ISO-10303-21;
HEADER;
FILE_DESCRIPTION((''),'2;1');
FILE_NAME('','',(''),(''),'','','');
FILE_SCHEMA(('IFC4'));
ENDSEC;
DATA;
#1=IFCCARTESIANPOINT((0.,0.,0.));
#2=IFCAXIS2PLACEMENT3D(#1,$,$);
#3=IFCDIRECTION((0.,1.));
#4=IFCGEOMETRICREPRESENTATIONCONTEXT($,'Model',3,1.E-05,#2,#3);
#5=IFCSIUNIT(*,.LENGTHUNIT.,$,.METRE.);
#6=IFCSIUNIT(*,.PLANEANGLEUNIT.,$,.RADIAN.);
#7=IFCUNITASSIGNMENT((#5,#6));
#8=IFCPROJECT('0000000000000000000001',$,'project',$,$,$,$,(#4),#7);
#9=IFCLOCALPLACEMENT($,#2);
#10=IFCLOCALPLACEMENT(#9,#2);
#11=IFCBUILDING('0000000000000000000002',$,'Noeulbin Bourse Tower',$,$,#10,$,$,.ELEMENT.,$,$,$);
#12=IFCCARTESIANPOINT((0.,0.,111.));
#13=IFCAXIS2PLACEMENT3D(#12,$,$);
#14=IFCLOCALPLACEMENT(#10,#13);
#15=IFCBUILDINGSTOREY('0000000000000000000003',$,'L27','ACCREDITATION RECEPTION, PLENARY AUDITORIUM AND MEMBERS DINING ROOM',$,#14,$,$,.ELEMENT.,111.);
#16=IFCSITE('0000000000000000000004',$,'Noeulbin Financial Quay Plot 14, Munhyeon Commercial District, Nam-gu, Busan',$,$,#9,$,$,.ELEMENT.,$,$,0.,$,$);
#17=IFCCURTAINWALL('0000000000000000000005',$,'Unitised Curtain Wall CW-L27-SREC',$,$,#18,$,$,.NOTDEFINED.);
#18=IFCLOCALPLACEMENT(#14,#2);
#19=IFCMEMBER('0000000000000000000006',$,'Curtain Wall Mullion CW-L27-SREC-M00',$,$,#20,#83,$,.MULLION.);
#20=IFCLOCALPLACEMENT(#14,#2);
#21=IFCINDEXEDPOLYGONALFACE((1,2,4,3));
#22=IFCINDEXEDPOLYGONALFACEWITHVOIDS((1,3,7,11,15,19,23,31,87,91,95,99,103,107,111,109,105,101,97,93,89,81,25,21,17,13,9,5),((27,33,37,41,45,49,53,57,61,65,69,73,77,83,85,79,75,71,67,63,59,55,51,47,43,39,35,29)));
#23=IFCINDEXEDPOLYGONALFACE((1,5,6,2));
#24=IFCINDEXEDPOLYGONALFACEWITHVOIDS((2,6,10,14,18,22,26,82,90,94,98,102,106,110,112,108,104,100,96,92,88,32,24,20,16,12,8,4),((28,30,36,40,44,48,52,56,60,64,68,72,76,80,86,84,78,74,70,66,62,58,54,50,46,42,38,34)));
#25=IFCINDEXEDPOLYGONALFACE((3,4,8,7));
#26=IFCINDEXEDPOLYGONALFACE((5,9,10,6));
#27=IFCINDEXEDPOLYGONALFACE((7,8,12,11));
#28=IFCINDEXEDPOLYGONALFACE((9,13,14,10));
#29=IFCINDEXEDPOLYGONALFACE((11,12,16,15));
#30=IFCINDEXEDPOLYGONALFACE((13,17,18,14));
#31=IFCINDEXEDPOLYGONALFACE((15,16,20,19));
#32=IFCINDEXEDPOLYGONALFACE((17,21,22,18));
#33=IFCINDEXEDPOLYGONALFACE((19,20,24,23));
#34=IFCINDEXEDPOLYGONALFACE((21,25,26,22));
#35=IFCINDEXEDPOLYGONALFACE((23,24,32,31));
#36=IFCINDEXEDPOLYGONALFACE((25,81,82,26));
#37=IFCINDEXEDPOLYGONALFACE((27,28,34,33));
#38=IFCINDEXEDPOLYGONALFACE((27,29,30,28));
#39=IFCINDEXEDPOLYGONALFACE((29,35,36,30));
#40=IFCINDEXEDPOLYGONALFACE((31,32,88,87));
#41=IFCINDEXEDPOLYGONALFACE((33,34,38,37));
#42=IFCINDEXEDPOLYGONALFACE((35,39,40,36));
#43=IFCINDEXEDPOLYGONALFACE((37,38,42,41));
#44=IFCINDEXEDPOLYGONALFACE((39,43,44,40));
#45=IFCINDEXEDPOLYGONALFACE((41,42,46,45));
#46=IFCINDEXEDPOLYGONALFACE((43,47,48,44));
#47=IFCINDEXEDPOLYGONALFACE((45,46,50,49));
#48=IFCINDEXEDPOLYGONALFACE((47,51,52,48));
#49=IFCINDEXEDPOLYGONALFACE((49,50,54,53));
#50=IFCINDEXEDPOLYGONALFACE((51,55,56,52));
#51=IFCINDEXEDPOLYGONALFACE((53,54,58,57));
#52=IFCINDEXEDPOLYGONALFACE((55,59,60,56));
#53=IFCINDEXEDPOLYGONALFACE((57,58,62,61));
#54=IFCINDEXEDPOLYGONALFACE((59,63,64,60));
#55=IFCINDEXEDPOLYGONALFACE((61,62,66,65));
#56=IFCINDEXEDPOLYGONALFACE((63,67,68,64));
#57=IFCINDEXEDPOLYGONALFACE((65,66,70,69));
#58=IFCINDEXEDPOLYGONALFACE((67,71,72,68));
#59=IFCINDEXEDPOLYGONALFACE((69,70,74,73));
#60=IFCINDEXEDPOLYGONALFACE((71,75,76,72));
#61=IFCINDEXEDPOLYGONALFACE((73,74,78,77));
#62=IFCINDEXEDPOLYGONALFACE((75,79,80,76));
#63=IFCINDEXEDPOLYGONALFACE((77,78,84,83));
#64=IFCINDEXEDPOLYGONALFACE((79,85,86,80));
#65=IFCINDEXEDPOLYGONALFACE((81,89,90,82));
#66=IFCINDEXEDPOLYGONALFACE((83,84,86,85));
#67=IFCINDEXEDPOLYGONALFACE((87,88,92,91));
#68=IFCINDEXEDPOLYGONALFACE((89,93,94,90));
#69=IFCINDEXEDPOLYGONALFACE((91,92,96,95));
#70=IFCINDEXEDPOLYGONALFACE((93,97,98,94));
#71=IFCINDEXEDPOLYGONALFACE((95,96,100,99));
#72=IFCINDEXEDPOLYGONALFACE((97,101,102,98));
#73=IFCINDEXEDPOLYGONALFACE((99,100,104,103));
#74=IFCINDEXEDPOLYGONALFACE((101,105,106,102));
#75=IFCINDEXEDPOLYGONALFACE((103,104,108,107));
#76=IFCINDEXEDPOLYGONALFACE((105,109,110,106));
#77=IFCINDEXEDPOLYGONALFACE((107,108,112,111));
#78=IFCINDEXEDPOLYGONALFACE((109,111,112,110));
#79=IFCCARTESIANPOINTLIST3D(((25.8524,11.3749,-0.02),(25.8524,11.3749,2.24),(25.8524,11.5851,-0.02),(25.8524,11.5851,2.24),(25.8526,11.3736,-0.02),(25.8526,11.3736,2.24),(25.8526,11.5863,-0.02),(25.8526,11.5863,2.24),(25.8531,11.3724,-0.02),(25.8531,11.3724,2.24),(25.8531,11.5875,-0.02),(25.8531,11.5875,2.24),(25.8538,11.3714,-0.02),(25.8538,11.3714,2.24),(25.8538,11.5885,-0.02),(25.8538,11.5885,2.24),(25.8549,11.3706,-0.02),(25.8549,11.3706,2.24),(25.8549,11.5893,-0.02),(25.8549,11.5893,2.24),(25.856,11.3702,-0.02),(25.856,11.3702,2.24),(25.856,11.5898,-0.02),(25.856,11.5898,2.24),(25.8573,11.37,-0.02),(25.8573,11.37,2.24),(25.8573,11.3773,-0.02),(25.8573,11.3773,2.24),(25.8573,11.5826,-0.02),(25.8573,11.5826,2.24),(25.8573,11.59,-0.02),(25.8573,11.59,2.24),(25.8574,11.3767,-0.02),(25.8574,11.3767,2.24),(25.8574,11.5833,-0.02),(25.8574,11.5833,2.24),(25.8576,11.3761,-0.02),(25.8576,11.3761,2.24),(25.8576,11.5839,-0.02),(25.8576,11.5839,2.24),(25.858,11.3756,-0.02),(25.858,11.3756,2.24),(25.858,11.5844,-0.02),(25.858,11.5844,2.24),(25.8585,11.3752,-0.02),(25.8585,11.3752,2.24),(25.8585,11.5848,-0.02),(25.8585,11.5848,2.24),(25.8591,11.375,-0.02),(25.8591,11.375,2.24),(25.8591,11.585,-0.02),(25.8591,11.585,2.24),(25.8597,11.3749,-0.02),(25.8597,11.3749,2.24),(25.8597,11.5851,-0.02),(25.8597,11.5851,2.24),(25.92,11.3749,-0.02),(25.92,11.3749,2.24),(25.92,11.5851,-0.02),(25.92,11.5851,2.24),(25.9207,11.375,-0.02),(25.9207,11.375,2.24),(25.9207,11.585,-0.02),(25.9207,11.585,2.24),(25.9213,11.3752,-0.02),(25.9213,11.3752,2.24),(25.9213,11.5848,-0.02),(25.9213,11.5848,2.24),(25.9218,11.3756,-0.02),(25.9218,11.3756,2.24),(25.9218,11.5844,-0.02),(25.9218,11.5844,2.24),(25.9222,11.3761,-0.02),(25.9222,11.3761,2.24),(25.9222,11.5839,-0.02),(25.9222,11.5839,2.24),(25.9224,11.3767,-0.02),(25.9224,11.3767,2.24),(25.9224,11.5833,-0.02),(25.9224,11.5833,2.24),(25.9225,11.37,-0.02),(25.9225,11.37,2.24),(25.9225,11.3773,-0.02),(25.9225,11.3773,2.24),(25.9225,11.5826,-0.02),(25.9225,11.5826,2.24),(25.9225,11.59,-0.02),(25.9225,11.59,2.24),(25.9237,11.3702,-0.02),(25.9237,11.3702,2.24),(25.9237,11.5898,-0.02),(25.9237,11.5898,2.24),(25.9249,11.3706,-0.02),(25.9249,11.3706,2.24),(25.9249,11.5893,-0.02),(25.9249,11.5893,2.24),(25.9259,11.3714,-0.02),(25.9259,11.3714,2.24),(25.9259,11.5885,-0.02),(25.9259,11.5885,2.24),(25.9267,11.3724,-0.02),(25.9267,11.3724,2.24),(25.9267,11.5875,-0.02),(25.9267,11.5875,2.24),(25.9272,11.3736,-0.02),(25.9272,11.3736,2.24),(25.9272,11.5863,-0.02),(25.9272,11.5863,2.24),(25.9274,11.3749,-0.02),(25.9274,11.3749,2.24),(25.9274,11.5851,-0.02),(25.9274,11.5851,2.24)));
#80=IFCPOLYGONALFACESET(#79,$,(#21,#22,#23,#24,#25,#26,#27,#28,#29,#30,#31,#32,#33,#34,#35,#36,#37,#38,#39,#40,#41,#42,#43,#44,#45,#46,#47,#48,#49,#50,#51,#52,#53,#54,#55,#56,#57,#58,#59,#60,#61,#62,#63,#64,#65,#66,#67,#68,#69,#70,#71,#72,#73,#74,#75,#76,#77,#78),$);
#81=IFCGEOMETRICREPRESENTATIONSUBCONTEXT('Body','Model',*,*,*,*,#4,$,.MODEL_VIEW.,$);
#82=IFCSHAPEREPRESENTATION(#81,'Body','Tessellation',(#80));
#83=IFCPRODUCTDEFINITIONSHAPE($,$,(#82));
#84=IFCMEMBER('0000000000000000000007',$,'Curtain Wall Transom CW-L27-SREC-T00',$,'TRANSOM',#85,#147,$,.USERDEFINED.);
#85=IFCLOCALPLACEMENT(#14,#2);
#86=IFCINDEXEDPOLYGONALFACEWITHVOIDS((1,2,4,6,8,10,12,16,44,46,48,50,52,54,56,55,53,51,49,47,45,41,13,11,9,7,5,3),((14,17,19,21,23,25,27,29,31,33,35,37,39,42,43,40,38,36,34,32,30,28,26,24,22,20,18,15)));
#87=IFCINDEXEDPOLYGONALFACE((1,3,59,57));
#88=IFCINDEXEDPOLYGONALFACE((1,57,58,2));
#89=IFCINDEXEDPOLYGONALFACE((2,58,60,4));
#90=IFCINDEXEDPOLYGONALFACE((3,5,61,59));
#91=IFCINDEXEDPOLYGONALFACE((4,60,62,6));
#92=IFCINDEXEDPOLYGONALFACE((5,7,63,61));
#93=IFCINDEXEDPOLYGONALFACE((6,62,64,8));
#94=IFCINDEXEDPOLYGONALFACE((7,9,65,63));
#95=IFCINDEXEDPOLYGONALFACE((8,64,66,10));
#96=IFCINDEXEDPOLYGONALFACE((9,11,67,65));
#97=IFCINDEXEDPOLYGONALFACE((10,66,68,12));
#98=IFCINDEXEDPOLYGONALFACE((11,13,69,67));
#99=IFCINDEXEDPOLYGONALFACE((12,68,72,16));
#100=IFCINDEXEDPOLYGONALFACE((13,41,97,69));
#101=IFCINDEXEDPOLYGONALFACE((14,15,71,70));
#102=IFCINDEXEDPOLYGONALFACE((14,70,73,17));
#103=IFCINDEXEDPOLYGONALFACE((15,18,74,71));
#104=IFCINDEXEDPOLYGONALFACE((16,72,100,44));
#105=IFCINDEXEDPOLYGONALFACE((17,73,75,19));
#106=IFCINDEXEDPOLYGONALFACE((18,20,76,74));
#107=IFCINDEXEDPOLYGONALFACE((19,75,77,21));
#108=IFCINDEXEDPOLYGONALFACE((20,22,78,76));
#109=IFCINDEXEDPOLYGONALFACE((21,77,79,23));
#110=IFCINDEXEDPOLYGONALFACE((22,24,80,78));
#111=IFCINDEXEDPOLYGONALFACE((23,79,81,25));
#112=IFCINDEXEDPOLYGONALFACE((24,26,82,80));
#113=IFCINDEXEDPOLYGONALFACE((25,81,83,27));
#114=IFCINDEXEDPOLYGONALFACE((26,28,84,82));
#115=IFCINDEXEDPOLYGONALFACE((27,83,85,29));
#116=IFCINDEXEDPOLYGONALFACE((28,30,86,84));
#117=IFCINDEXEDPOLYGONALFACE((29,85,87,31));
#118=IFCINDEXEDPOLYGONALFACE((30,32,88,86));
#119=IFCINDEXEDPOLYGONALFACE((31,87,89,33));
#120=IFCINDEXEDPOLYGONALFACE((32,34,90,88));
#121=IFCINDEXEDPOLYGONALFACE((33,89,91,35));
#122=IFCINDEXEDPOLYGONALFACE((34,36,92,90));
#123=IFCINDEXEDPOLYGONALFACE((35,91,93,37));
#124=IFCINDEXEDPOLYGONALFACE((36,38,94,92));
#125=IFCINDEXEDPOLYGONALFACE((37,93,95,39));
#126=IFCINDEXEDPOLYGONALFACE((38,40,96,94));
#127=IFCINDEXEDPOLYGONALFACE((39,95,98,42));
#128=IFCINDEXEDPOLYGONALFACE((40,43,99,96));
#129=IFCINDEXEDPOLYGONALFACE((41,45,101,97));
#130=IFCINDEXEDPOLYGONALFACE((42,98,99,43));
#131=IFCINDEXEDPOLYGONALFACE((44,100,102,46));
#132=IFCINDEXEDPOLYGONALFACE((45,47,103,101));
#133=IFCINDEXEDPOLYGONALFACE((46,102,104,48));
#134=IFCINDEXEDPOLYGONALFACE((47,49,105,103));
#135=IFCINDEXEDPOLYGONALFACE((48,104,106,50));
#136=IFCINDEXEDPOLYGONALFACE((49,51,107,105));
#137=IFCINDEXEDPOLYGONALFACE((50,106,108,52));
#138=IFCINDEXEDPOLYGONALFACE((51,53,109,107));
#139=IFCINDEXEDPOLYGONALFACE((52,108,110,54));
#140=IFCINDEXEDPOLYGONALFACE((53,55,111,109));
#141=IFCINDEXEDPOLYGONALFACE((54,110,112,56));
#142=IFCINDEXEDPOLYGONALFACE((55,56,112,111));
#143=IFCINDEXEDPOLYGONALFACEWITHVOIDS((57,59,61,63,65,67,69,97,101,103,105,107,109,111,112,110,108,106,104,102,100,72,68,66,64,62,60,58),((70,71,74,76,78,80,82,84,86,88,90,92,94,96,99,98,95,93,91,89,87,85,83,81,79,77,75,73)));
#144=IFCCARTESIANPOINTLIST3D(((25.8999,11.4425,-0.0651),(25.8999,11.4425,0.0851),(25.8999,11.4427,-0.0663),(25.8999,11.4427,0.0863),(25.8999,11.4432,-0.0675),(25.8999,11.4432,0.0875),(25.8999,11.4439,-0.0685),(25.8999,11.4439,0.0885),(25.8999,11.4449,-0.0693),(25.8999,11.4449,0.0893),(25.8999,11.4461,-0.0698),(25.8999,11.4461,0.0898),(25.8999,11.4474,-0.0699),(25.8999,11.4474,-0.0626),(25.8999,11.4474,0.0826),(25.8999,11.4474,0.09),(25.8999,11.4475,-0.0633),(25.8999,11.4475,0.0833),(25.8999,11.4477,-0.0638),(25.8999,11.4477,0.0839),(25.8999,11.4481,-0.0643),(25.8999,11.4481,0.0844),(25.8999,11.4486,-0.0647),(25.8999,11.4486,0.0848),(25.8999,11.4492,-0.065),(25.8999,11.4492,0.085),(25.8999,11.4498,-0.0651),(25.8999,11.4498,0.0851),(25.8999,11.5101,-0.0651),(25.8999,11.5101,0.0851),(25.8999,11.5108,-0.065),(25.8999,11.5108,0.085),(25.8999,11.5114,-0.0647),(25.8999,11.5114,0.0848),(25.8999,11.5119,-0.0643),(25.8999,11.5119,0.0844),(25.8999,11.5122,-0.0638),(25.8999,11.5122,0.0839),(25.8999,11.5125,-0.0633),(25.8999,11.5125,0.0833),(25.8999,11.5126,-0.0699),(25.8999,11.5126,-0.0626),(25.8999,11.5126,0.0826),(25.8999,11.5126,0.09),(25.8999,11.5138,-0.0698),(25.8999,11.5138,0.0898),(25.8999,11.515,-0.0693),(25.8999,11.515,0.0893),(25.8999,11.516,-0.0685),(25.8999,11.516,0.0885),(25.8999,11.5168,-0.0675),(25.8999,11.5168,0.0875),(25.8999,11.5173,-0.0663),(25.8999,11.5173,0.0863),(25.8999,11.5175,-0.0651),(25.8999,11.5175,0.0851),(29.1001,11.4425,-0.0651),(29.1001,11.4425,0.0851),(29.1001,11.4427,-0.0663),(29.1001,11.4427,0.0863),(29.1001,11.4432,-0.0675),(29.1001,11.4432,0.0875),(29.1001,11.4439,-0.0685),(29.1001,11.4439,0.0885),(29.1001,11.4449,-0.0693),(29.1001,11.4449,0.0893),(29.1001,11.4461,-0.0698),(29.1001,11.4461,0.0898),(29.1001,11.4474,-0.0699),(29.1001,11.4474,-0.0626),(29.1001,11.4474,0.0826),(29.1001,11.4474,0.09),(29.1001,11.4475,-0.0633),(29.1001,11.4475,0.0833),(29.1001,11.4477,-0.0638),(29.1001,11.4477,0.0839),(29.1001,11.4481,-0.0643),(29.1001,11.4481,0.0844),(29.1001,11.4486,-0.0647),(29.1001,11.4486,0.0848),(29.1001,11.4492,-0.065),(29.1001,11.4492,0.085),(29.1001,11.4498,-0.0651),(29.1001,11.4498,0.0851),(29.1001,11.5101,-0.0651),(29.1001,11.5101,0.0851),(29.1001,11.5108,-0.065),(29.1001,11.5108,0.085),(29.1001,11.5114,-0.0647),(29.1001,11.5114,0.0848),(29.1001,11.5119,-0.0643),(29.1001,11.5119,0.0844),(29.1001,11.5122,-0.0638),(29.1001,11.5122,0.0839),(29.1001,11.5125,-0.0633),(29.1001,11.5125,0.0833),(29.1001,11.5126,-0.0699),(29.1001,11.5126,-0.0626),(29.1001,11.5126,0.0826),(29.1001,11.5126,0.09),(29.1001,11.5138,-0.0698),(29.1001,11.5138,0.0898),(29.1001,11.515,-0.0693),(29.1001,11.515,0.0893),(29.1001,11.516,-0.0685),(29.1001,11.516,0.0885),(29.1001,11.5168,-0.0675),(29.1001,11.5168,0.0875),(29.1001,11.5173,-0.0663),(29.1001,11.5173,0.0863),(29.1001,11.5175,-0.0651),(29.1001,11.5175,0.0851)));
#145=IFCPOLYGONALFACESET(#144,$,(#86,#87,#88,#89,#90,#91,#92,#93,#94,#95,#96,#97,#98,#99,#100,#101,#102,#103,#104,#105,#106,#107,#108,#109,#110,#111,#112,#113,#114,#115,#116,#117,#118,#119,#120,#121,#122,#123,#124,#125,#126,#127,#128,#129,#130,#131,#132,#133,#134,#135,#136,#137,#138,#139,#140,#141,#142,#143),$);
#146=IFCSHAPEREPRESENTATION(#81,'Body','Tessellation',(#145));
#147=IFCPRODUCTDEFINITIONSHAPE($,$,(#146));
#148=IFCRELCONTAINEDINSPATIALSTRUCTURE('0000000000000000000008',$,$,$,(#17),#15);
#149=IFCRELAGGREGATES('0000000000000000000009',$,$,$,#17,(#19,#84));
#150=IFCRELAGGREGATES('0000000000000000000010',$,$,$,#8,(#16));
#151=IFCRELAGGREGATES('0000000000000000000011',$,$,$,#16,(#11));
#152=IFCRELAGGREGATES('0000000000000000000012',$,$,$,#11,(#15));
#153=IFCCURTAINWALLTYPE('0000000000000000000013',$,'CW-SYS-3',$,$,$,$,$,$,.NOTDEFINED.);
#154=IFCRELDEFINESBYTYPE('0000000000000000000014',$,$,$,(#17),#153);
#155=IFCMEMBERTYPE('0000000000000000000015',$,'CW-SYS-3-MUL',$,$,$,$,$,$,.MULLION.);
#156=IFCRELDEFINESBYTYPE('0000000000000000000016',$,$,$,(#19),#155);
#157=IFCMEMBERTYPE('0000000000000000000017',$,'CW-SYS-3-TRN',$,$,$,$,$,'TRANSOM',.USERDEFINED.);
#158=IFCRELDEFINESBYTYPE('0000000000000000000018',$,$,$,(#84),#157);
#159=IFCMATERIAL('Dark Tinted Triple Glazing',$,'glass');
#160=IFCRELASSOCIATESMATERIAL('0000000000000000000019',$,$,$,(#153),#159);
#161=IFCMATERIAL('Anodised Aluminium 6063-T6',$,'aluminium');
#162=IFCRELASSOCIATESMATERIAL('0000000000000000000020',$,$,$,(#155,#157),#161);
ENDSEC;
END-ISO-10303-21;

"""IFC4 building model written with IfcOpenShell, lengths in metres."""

from ifc_helpers import new_model, si_unit, direction, frame, origin, origin_2d, place, context, subcontext, project, spatial, hollow_rectangle, extrude, material, material_profile, profile_set, type_object, element, aggregate, save


model = new_model("IFC4")

# Units and contexts
model_context = context("Model", 3, precision=1e-05, world=origin(), true_north=direction((0.0, 1.0)))
body_context = subcontext(model_context, "Body", "Model", "MODEL_VIEW")
ifc_project = project(units=[si_unit("LENGTHUNIT", "METRE"), si_unit("PLANEANGLEUNIT", "RADIAN")], contexts=[model_context])

# Site, building, storey
site_placement = place(None, origin())
site = spatial("IfcSite", under=ifc_project, at=site_placement, Name="Noeulbin Financial Quay Plot 14, Munhyeon Commercial District, Nam-gu, Busan", CompositionType="ELEMENT", RefElevation=0.0)
building_placement = place(site_placement, origin())
building = spatial("IfcBuilding", under=site, at=building_placement, Name="Noeulbin Bourse Tower", CompositionType="ELEMENT")
storey_placement = place(building_placement, frame((0.0, 0.0, 111.0)))
storey = spatial("IfcBuildingStorey", under=building, at=storey_placement, Name="L27", Description="ACCREDITATION RECEPTION, PLENARY AUDITORIUM AND MEMBERS DINING ROOM", CompositionType="ELEMENT", Elevation=111.0)

# Curtain wall, members
ifc_material_1 = material(Name="Dark Tinted Triple Glazing", Category="glass")
curtain_wall_type = type_object("IfcCurtainWallType", Name="CW-SYS-3", PredefinedType="NOTDEFINED", material=ifc_material_1)
curtain_wall_placement = place(storey_placement, origin())
curtain_wall = element("IfcCurtainWall", 1, at=curtain_wall_placement, inside=storey, type_object=curtain_wall_type, Name="Unitised Curtain Wall CW-L27-SREC", PredefinedType="NOTDEFINED")
ifc_material_2 = material(Name="Anodised Aluminium 6063-T6", Category="aluminium")
ifc_material_profile_1 = material_profile(ifc_material_2, hollow_rectangle(XDim=0.075, YDim=0.22, WallThickness=0.0049, InnerFilletRadius=0.0024, OuterFilletRadius=0.0049, at=origin_2d()), Name="ALU-MULL-75x220x5", Category="LoadBearing")
ifc_profile_set_1 = profile_set([ifc_material_profile_1], Name="Anodised Aluminium 6063-T6")
member_type_1 = type_object("IfcMemberType", Name="CW-SYS-3-MUL", PredefinedType="MULLION", material=ifc_profile_set_1)
member_1_placement = place(storey_placement, frame((25.8899, 11.48, -0.02), z_axis=(0.0, 0.0, 1.0), x_axis=(1.0, 0.0, 0.0)))
member_1 = element("IfcMember", 2, at=member_1_placement, type_object=member_type_1, Name="Curtain Wall Mullion CW-L27-SREC-M00", PredefinedType="MULLION", context=body_context, shape_type="SweptSolid", body=[
    extrude(hollow_rectangle(XDim=0.075, YDim=0.22, WallThickness=0.0049, InnerFilletRadius=0.0024, OuterFilletRadius=0.0049, at=origin_2d()), origin(), (0.0, 0.0, 1.0), 2.26),
])
ifc_material_profile_2 = material_profile(ifc_material_2, hollow_rectangle(XDim=0.075, YDim=0.1599, WallThickness=0.0049, InnerFilletRadius=0.0024, OuterFilletRadius=0.0049, at=origin_2d()), Name="ALU-TRAN-75x160x5", Category="LoadBearing")
ifc_profile_set_2 = profile_set([ifc_material_profile_2], Name="Anodised Aluminium 6063-T6")
member_type_2 = type_object("IfcMemberType", Name="CW-SYS-3-TRN", ElementType="TRANSOM", PredefinedType="USERDEFINED", material=ifc_profile_set_2)
member_2_placement = place(storey_placement, frame((25.8999, 11.48, 0.01), z_axis=(1.0, 0.0, 0.0), x_axis=(0.0, 1.0, 0.0)))
member_2 = element("IfcMember", 3, at=member_2_placement, type_object=member_type_2, Name="Curtain Wall Transom CW-L27-SREC-T00", ObjectType="TRANSOM", PredefinedType="USERDEFINED", context=body_context, shape_type="SweptSolid", body=[
    extrude(hollow_rectangle(XDim=0.075, YDim=0.1599, WallThickness=0.0049, InnerFilletRadius=0.0024, OuterFilletRadius=0.0049, at=origin_2d()), origin(), (0.0, 0.0, 1.0), 3.2002),
])
aggregate(curtain_wall, [member_1, member_2])

save(model, "model.ifc")
